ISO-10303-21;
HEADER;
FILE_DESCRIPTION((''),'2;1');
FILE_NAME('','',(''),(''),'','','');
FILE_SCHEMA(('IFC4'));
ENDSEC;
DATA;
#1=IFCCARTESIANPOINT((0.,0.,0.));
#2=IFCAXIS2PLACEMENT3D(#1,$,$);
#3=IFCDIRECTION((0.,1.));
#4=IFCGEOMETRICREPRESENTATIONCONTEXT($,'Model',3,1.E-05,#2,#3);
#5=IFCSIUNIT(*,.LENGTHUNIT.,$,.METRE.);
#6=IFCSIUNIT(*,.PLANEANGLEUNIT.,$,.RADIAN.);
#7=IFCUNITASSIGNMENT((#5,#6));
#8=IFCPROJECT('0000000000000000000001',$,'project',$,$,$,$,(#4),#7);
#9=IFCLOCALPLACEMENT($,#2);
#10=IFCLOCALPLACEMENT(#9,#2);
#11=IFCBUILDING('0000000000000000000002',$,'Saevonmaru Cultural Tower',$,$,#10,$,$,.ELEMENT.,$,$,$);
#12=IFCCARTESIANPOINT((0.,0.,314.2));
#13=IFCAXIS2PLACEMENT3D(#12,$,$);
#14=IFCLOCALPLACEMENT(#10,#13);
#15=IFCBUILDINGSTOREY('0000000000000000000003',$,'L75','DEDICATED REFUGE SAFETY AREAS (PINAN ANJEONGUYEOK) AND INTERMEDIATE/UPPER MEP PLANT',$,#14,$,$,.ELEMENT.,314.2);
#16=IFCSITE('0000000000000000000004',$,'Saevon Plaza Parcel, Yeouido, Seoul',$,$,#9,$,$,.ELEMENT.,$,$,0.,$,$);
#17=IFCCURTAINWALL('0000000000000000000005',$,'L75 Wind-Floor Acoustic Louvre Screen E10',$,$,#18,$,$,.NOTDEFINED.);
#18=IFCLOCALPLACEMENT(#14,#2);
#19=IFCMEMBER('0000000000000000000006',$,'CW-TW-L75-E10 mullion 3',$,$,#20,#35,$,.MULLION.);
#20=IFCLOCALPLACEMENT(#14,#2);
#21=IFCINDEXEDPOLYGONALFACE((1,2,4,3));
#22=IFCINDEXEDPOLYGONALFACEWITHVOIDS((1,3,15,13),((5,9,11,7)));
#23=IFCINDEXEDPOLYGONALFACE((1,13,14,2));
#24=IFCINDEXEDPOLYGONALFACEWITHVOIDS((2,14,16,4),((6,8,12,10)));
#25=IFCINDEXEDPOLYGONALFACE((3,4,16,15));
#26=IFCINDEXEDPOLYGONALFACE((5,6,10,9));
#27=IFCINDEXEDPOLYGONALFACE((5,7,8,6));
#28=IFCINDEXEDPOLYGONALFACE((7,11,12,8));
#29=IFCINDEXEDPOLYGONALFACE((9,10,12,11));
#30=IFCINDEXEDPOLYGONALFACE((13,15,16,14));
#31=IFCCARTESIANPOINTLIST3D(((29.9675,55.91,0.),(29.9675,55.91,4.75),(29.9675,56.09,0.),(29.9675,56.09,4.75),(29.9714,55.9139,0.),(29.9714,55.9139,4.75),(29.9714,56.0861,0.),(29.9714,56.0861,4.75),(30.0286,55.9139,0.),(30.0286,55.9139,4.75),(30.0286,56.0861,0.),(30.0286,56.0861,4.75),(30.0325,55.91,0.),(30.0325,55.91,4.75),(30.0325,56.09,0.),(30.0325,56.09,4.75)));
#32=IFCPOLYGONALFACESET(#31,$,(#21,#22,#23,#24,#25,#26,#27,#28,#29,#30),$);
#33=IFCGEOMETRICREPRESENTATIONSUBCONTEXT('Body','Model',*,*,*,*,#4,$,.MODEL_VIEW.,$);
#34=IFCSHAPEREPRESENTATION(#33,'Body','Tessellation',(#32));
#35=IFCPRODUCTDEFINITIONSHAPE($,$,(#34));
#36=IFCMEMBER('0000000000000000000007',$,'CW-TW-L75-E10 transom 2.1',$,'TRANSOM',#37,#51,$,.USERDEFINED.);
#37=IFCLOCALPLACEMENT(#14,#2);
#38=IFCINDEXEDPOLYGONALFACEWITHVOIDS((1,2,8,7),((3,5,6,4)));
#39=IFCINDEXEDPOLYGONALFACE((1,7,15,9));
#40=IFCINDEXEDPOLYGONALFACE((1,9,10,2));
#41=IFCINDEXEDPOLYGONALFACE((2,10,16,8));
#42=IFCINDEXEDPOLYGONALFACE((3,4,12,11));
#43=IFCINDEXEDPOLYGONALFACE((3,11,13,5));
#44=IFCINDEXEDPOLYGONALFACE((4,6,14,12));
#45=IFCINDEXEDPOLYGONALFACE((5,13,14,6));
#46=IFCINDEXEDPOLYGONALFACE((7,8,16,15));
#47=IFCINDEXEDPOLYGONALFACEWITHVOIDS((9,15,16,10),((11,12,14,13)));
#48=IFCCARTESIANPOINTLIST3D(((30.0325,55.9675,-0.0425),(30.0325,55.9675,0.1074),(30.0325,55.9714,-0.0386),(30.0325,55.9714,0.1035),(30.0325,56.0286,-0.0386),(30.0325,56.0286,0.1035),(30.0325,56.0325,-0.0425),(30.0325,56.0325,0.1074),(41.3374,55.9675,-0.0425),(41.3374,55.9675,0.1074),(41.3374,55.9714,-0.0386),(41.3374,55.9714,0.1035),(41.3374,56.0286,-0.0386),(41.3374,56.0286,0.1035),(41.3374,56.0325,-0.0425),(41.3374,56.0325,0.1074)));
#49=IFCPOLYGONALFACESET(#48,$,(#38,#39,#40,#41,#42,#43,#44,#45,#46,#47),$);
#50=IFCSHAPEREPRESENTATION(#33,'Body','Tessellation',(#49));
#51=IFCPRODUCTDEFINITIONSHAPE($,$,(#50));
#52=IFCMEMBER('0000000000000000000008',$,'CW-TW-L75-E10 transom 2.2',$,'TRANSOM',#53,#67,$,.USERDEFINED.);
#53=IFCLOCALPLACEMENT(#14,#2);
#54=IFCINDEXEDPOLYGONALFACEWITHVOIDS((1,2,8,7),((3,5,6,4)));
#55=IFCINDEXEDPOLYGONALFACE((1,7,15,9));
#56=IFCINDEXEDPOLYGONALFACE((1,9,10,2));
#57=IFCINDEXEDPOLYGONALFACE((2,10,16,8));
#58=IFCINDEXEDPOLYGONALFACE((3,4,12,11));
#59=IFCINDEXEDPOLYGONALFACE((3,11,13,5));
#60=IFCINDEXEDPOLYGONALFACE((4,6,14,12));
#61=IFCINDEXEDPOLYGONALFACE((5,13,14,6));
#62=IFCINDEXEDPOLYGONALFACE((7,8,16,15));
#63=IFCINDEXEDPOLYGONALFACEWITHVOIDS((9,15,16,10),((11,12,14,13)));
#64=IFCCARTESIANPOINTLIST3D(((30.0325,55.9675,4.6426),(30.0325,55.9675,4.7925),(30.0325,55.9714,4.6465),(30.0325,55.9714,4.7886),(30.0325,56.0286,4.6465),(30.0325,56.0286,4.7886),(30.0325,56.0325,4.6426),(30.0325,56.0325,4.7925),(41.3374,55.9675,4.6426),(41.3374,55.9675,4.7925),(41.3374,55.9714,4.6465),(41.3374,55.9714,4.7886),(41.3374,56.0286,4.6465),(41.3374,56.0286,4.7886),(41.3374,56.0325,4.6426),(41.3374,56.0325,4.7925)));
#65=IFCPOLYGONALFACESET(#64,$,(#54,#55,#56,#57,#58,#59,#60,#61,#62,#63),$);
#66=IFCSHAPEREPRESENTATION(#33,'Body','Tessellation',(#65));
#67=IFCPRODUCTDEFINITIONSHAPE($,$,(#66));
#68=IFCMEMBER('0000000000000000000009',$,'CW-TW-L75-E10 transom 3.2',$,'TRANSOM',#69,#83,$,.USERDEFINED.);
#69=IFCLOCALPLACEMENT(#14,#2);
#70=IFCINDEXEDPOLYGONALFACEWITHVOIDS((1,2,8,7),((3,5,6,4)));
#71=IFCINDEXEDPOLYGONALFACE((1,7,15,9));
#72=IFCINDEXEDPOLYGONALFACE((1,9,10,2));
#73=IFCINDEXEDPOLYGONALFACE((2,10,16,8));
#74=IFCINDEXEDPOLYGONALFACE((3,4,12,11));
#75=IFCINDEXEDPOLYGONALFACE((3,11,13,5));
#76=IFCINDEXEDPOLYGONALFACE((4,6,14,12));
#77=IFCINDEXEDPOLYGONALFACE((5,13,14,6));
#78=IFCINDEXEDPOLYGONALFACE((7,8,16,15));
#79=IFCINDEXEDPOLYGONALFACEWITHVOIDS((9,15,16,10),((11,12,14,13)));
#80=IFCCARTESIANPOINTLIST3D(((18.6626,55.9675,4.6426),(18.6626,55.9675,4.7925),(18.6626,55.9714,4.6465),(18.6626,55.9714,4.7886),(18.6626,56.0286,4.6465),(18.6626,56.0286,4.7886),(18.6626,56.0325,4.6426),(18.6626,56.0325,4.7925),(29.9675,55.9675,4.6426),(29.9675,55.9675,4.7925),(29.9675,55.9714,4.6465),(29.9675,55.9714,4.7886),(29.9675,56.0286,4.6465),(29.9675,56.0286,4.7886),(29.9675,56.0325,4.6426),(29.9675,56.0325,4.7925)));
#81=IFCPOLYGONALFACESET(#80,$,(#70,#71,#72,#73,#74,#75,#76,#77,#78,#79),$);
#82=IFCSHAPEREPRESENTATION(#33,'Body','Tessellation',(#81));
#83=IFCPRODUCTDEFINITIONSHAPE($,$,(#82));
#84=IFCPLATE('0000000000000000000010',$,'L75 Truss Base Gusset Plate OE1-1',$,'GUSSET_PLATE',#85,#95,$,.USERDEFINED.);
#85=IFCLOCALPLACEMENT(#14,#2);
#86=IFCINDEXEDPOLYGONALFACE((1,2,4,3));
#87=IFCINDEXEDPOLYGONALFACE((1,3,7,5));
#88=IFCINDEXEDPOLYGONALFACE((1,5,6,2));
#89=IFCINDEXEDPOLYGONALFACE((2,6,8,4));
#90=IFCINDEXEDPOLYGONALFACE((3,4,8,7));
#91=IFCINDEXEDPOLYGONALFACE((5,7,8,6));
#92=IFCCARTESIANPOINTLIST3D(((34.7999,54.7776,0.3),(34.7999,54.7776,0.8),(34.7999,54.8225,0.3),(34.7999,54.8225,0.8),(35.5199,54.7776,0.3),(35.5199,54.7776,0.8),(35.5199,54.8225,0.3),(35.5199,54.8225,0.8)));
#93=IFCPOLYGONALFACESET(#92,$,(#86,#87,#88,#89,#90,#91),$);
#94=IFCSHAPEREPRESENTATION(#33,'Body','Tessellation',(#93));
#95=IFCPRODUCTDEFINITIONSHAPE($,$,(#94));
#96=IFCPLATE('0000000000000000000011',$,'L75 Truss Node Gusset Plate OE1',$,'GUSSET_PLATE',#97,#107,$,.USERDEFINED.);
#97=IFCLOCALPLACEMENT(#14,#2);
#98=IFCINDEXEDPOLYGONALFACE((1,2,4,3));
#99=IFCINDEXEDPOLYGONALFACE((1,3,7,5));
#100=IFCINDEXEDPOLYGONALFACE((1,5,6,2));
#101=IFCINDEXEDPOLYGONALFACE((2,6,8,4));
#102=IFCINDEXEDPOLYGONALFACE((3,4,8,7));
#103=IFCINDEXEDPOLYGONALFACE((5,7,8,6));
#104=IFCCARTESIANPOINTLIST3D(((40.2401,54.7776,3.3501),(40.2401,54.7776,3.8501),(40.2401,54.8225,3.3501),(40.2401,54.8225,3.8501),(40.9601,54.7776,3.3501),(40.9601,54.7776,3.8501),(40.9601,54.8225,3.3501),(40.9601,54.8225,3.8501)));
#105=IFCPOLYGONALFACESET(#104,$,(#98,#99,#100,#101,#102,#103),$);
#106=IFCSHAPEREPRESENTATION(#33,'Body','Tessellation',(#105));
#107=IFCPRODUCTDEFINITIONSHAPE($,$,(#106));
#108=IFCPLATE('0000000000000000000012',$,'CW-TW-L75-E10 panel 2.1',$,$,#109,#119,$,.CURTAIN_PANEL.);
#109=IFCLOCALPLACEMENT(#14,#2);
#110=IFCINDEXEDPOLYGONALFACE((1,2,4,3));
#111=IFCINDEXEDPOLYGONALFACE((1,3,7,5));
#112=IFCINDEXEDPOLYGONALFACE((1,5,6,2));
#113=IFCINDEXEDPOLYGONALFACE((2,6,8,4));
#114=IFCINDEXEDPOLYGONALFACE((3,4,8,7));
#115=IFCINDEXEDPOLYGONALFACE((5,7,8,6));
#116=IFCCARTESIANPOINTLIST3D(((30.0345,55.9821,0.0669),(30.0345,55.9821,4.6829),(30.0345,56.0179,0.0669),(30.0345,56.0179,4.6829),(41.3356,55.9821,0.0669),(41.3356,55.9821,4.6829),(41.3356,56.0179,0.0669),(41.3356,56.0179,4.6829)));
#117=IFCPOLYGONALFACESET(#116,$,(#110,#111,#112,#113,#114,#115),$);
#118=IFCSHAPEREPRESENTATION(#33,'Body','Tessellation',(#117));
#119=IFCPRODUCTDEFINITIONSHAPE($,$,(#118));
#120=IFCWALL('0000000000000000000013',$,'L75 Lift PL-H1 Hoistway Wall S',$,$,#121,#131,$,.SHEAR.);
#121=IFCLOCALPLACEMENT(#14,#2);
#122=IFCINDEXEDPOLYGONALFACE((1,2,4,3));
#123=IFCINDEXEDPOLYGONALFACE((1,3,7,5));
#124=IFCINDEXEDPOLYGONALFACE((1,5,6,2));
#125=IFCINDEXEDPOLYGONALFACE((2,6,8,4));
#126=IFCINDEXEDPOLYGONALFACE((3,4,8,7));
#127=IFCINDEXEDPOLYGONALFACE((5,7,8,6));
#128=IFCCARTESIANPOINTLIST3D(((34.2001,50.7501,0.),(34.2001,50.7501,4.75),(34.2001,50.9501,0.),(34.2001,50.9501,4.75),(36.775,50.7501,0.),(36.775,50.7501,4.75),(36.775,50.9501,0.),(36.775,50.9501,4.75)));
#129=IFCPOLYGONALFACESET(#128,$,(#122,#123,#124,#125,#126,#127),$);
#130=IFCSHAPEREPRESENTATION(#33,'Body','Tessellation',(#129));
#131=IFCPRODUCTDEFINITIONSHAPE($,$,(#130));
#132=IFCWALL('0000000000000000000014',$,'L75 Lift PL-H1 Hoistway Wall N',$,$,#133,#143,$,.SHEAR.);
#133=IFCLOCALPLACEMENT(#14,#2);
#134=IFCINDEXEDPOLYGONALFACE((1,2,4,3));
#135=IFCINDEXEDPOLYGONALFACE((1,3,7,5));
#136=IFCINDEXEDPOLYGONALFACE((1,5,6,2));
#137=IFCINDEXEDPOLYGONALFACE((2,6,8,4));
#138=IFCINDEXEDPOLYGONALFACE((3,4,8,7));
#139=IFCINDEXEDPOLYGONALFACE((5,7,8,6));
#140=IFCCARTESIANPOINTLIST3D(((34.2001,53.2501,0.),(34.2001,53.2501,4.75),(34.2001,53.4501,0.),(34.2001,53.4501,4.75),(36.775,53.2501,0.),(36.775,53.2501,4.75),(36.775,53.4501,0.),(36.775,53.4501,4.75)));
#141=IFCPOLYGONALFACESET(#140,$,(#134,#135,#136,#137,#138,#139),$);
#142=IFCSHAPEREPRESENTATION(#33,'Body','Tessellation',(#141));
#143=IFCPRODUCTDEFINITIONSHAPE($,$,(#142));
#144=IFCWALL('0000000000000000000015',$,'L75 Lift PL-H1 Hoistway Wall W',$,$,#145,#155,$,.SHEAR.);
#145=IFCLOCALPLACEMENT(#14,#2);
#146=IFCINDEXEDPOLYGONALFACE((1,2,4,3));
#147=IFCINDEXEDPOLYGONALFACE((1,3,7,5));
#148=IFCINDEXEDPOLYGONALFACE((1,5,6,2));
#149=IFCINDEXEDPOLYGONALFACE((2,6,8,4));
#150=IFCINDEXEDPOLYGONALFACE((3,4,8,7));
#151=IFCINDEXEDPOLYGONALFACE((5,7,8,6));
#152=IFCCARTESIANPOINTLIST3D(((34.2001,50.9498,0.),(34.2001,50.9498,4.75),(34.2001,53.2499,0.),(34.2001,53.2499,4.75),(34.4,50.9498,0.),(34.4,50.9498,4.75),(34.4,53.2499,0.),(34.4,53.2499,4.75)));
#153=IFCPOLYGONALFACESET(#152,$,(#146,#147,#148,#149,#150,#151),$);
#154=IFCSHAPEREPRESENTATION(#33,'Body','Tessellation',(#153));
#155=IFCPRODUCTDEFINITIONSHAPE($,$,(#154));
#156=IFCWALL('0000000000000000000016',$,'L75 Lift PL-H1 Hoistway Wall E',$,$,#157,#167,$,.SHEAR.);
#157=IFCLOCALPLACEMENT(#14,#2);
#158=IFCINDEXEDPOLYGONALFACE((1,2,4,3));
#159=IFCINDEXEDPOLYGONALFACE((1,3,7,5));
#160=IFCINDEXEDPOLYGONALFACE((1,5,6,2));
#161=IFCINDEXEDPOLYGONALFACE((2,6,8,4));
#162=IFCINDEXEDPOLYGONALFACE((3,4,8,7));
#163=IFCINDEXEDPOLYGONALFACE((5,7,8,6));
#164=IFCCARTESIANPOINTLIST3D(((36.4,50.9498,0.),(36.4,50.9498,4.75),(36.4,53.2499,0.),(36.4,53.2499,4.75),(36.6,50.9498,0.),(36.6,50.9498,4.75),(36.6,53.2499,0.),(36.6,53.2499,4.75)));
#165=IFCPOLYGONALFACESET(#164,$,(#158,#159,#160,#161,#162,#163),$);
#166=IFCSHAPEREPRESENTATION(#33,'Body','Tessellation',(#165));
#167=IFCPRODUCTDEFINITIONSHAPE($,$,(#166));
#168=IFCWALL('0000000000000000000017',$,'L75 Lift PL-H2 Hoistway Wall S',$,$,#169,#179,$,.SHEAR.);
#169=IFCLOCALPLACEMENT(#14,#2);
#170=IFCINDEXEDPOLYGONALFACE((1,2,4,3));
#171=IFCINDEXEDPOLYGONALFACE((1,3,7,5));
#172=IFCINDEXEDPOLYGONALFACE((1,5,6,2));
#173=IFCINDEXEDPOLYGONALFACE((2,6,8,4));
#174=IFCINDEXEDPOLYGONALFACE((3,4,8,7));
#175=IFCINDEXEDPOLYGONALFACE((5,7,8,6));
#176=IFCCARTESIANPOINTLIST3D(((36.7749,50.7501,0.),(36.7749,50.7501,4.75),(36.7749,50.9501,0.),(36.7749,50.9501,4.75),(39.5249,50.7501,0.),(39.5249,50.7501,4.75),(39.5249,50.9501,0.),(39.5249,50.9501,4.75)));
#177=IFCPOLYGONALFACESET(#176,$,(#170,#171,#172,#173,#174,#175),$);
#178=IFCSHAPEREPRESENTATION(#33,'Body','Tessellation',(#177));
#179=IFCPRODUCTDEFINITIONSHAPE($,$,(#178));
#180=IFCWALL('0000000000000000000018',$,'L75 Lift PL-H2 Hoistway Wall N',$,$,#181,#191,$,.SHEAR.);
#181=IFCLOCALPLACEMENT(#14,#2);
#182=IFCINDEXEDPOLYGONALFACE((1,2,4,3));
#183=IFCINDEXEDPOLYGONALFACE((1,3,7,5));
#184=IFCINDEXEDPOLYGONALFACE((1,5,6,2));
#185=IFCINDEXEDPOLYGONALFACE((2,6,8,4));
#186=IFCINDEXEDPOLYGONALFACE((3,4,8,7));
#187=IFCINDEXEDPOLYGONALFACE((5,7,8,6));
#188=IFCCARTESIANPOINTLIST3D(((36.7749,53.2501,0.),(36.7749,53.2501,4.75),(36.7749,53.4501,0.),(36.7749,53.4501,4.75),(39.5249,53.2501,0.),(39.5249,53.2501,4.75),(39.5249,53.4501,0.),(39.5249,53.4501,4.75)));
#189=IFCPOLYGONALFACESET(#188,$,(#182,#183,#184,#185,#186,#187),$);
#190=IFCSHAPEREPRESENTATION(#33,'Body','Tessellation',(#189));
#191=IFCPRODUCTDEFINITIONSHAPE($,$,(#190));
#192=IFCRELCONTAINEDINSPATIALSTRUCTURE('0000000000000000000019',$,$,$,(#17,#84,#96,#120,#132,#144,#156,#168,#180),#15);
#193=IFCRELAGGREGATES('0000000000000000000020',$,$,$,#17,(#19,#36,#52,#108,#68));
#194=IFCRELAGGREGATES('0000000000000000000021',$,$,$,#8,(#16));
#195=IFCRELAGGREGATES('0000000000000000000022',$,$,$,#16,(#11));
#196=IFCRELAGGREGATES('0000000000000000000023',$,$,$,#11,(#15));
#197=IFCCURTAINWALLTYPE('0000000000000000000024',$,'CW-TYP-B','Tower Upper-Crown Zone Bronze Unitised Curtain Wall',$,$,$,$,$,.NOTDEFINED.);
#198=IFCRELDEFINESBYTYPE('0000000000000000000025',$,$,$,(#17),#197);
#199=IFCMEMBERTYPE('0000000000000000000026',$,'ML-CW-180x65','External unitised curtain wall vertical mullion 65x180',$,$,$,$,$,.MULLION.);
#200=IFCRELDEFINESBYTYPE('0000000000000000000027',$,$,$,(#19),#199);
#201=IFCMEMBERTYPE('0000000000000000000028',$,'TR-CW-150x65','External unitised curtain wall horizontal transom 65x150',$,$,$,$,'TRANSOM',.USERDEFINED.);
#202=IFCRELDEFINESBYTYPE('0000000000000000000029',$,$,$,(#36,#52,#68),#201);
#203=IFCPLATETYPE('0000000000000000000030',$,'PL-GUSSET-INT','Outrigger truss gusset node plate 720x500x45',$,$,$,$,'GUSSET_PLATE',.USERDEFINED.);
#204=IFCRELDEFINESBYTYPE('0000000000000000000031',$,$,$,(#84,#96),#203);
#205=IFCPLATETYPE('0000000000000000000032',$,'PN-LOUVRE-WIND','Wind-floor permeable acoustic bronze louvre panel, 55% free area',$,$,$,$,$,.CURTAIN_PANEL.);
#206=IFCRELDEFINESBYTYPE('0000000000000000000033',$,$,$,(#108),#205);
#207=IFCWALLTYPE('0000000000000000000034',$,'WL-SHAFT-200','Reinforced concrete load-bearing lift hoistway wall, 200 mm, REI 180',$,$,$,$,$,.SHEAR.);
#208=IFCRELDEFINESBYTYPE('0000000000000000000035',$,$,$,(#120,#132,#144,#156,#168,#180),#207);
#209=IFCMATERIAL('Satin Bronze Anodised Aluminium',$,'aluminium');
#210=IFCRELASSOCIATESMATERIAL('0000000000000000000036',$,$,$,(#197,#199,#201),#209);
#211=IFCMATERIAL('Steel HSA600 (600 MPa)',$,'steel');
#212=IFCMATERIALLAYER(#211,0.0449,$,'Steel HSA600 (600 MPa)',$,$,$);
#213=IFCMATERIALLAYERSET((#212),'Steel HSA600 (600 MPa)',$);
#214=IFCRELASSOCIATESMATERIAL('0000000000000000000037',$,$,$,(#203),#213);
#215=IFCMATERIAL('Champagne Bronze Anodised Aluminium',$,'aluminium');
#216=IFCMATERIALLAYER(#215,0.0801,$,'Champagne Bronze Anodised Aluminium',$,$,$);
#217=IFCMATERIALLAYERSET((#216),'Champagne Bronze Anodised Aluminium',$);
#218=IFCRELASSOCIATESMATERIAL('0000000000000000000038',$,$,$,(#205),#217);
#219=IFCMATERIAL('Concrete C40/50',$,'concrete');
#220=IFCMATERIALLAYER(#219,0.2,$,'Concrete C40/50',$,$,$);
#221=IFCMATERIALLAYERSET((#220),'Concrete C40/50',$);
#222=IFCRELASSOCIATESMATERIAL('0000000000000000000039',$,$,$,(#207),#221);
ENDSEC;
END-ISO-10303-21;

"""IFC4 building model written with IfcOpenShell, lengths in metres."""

from ifc_helpers import new_model, si_unit, direction, frame, frame_2d, origin, origin_2d, place, context, subcontext, project, spatial, rectangle, hollow_rectangle, extrude, material, layer, layer_set, material_profile, profile_set, type_object, element, aggregate, save


model = new_model("IFC4")

# Units and contexts
model_context = context("Model", 3, precision=1e-05, world=origin(), true_north=direction((0.0, 1.0)))
body_context = subcontext(model_context, "Body", "Model", "MODEL_VIEW")
ifc_project = project(units=[si_unit("LENGTHUNIT", "METRE"), si_unit("PLANEANGLEUNIT", "RADIAN")], contexts=[model_context])

# Site, building, storey
site_placement = place(None, origin())
site = spatial("IfcSite", under=ifc_project, at=site_placement, Name="Saevon Plaza Parcel, Yeouido, Seoul", CompositionType="ELEMENT", RefElevation=0.0)
building_placement = place(site_placement, origin())
building = spatial("IfcBuilding", under=site, at=building_placement, Name="Saevonmaru Cultural Tower", CompositionType="ELEMENT")
storey_placement = place(building_placement, frame((0.0, 0.0, 314.2)))
storey = spatial("IfcBuildingStorey", under=building, at=storey_placement, Name="L75", Description="DEDICATED REFUGE SAFETY AREAS (PINAN ANJEONGUYEOK) AND INTERMEDIATE/UPPER MEP PLANT", CompositionType="ELEMENT", Elevation=314.2)

# Curtain wall, members
ifc_material_1 = material(Name="Satin Bronze Anodised Aluminium", Category="aluminium")
curtain_wall_type = type_object("IfcCurtainWallType", Name="CW-TYP-B", Description="Tower Upper-Crown Zone Bronze Unitised Curtain Wall", PredefinedType="NOTDEFINED", material=ifc_material_1)
curtain_wall_placement = place(storey_placement, origin())
curtain_wall = element("IfcCurtainWall", 1, at=curtain_wall_placement, inside=storey, type_object=curtain_wall_type, Name="L75 Wind-Floor Acoustic Louvre Screen E10", PredefinedType="NOTDEFINED")
ifc_material_profile_1 = material_profile(ifc_material_1, hollow_rectangle(XDim=0.0649, YDim=0.1799, WallThickness=0.0039, at=origin_2d()), Name="ALU-MULL-180x65x4")
ifc_profile_set_1 = profile_set([ifc_material_profile_1], Name="Satin Bronze Anodised Aluminium")
member_type_1 = type_object("IfcMemberType", Name="ML-CW-180x65", Description="External unitised curtain wall vertical mullion 65x180", PredefinedType="MULLION", material=ifc_profile_set_1)
member_1_placement = place(storey_placement, frame((30.0, 56.0, 0.0), z_axis=(0.0, 0.0, 1.0), x_axis=(-1.0, 0.0, 0.0)))
member_1 = element("IfcMember", 2, at=member_1_placement, type_object=member_type_1, Name="CW-TW-L75-E10 mullion 3", PredefinedType="MULLION", context=body_context, shape_type="SweptSolid", body=[
    extrude(hollow_rectangle(XDim=0.0649, YDim=0.1799, WallThickness=0.0039, at=origin_2d()), origin(), (0.0, 0.0, 1.0), 4.75),
])
ifc_material_profile_2 = material_profile(ifc_material_1, hollow_rectangle(XDim=0.0649, YDim=0.1499, WallThickness=0.0039, at=origin_2d()), Name="ALU-TRAN-150x65x4")
ifc_profile_set_2 = profile_set([ifc_material_profile_2], Name="Satin Bronze Anodised Aluminium")
member_type_2 = type_object("IfcMemberType", Name="TR-CW-150x65", Description="External unitised curtain wall horizontal transom 65x150", ElementType="TRANSOM", PredefinedType="USERDEFINED", material=ifc_profile_set_2)
member_2_placement = place(storey_placement, frame((41.3374, 56.0, 0.0325), z_axis=(-1.0, 0.0, 0.0), x_axis=(0.0, -1.0, 0.0)))
member_2 = element("IfcMember", 3, at=member_2_placement, type_object=member_type_2, Name="CW-TW-L75-E10 transom 2.1", ObjectType="TRANSOM", PredefinedType="USERDEFINED", context=body_context, shape_type="SweptSolid", body=[
    extrude(hollow_rectangle(XDim=0.0649, YDim=0.1499, WallThickness=0.0039, at=origin_2d()), origin(), (0.0, 0.0, 1.0), 11.3049),
])
member_3_placement = place(storey_placement, frame((41.3374, 56.0, 4.7175), z_axis=(-1.0, 0.0, 0.0), x_axis=(0.0, -1.0, 0.0)))
member_3 = element("IfcMember", 4, at=member_3_placement, type_object=member_type_2, Name="CW-TW-L75-E10 transom 2.2", ObjectType="TRANSOM", PredefinedType="USERDEFINED", context=body_context, shape_type="SweptSolid", body=[
    extrude(hollow_rectangle(XDim=0.0649, YDim=0.1499, WallThickness=0.0039, at=origin_2d()), origin(), (0.0, 0.0, 1.0), 11.3049),
])
member_4_placement = place(storey_placement, frame((29.9675, 56.0, 4.7175), z_axis=(-1.0, 0.0, 0.0), x_axis=(0.0, -1.0, 0.0)))
member_4 = element("IfcMember", 5, at=member_4_placement, type_object=member_type_2, Name="CW-TW-L75-E10 transom 3.2", ObjectType="TRANSOM", PredefinedType="USERDEFINED", context=body_context, shape_type="SweptSolid", body=[
    extrude(hollow_rectangle(XDim=0.0649, YDim=0.1499, WallThickness=0.0039, at=origin_2d()), origin(), (0.0, 0.0, 1.0), 11.3049),
])

# Plates
ifc_material_2 = material(Name="Steel HSA600 (600 MPa)", Category="steel")
ifc_layer_1 = layer(ifc_material_2, 0.0449, Name="Steel HSA600 (600 MPa)")
ifc_layer_set_1 = layer_set([ifc_layer_1], Name="Steel HSA600 (600 MPa)")
plate_type_1 = type_object("IfcPlateType", Name="PL-GUSSET-INT", Description="Outrigger truss gusset node plate 720x500x45", ElementType="GUSSET_PLATE", PredefinedType="USERDEFINED", material=ifc_layer_set_1)
for number, where, z_axis, x_axis, name in (
    (6, (35.1599, 54.8, 0.3), (0.0, 0.0, 1.0), (1.0, 0.0, 0.0), "L75 Truss Base Gusset Plate OE1-1"),
    (7, (40.6001, 54.8, 3.3501), (0.0, 0.0, 1.0), (1.0, 0.0, 0.0), "L75 Truss Node Gusset Plate OE1"),
):
    element("IfcPlate", number, at=place(storey_placement, frame(where, z_axis=z_axis, x_axis=x_axis)), inside=storey, type_object=plate_type_1, Name=name, ObjectType="GUSSET_PLATE", PredefinedType="USERDEFINED", context=body_context, shape_type="SweptSolid", body=[
        extrude(rectangle(XDim=0.72, YDim=0.0449, at=origin_2d()), origin(), (0.0, 0.0, 1.0), 0.5),
    ])

# Plate
ifc_material_3 = material(Name="Champagne Bronze Anodised Aluminium", Category="aluminium")
ifc_layer_2 = layer(ifc_material_3, 0.0801, Name="Champagne Bronze Anodised Aluminium")
ifc_layer_set_2 = layer_set([ifc_layer_2], Name="Champagne Bronze Anodised Aluminium")
plate_type_2 = type_object("IfcPlateType", Name="PN-LOUVRE-WIND", Description="Wind-floor permeable acoustic bronze louvre panel, 55% free area", PredefinedType="CURTAIN_PANEL", material=ifc_layer_set_2)
plate_placement = place(storey_placement, frame((35.6851, 56.0, 0.0669), z_axis=(0.0, 0.0, 1.0), x_axis=(-1.0, 0.0, 0.0)))
plate = element("IfcPlate", 8, at=plate_placement, type_object=plate_type_2, Name="CW-TW-L75-E10 panel 2.1", PredefinedType="CURTAIN_PANEL", context=body_context, shape_type="SweptSolid", body=[
    extrude(rectangle(XDim=11.301, YDim=0.0359, at=origin_2d()), origin(), (0.0, 0.0, 1.0), 4.616),
])
aggregate(curtain_wall, [member_1, member_2, member_3, plate, member_4])

# Walls
ifc_material_4 = material(Name="Concrete C40/50", Category="concrete")
ifc_layer_3 = layer(ifc_material_4, 0.2, Name="Concrete C40/50")
ifc_layer_set_3 = layer_set([ifc_layer_3], Name="Concrete C40/50")
wall_type_1 = type_object("IfcWallType", Name="WL-SHAFT-200", Description="Reinforced concrete load-bearing lift hoistway wall, 200 mm, REI 180", PredefinedType="SHEAR", material=ifc_layer_set_3)
for number, where, z_axis, x_axis, name in (
    (9, (34.2, 50.8501, 0.0), (0.0, 0.0, 1.0), (1.0, 0.0, 0.0), "L75 Lift PL-H1 Hoistway Wall S"),
    (10, (34.2, 53.3501, 0.0), (0.0, 0.0, 1.0), (1.0, 0.0, 0.0), "L75 Lift PL-H1 Hoistway Wall N"),
):
    element("IfcWall", number, at=place(storey_placement, frame(where, z_axis=z_axis, x_axis=x_axis)), inside=storey, type_object=wall_type_1, Name=name, PredefinedType="SHEAR", context=body_context, shape_type="SweptSolid", body=[
        extrude(rectangle(XDim=2.575, YDim=0.2, at=frame_2d((1.2876, 0.0))), origin(), (0.0, 0.0, 1.0), 4.75),
    ])
for number, where, z_axis, x_axis, name in (
    (11, (34.3, 50.95, 0.0), (0.0, 0.0, 1.0), (0.0, 1.0, 0.0), "L75 Lift PL-H1 Hoistway Wall W"),
    (12, (36.5, 50.95, 0.0), (0.0, 0.0, 1.0), (0.0, 1.0, 0.0), "L75 Lift PL-H1 Hoistway Wall E"),
):
    element("IfcWall", number, at=place(storey_placement, frame(where, z_axis=z_axis, x_axis=x_axis)), inside=storey, type_object=wall_type_1, Name=name, PredefinedType="SHEAR", context=body_context, shape_type="SweptSolid", body=[
        extrude(rectangle(XDim=2.3, YDim=0.2, at=frame_2d((1.1499, 0.0))), origin(), (0.0, 0.0, 1.0), 4.75),
    ])
for number, where, z_axis, x_axis, name in (
    (13, (36.7749, 50.8501, 0.0), (0.0, 0.0, 1.0), (1.0, 0.0, 0.0), "L75 Lift PL-H2 Hoistway Wall S"),
    (14, (36.7749, 53.3501, 0.0), (0.0, 0.0, 1.0), (1.0, 0.0, 0.0), "L75 Lift PL-H2 Hoistway Wall N"),
):
    element("IfcWall", number, at=place(storey_placement, frame(where, z_axis=z_axis, x_axis=x_axis)), inside=storey, type_object=wall_type_1, Name=name, PredefinedType="SHEAR", context=body_context, shape_type="SweptSolid", body=[
        extrude(rectangle(XDim=2.75, YDim=0.2, at=frame_2d((1.375, 0.0))), origin(), (0.0, 0.0, 1.0), 4.75),
    ])

save(model, "model.ifc")
